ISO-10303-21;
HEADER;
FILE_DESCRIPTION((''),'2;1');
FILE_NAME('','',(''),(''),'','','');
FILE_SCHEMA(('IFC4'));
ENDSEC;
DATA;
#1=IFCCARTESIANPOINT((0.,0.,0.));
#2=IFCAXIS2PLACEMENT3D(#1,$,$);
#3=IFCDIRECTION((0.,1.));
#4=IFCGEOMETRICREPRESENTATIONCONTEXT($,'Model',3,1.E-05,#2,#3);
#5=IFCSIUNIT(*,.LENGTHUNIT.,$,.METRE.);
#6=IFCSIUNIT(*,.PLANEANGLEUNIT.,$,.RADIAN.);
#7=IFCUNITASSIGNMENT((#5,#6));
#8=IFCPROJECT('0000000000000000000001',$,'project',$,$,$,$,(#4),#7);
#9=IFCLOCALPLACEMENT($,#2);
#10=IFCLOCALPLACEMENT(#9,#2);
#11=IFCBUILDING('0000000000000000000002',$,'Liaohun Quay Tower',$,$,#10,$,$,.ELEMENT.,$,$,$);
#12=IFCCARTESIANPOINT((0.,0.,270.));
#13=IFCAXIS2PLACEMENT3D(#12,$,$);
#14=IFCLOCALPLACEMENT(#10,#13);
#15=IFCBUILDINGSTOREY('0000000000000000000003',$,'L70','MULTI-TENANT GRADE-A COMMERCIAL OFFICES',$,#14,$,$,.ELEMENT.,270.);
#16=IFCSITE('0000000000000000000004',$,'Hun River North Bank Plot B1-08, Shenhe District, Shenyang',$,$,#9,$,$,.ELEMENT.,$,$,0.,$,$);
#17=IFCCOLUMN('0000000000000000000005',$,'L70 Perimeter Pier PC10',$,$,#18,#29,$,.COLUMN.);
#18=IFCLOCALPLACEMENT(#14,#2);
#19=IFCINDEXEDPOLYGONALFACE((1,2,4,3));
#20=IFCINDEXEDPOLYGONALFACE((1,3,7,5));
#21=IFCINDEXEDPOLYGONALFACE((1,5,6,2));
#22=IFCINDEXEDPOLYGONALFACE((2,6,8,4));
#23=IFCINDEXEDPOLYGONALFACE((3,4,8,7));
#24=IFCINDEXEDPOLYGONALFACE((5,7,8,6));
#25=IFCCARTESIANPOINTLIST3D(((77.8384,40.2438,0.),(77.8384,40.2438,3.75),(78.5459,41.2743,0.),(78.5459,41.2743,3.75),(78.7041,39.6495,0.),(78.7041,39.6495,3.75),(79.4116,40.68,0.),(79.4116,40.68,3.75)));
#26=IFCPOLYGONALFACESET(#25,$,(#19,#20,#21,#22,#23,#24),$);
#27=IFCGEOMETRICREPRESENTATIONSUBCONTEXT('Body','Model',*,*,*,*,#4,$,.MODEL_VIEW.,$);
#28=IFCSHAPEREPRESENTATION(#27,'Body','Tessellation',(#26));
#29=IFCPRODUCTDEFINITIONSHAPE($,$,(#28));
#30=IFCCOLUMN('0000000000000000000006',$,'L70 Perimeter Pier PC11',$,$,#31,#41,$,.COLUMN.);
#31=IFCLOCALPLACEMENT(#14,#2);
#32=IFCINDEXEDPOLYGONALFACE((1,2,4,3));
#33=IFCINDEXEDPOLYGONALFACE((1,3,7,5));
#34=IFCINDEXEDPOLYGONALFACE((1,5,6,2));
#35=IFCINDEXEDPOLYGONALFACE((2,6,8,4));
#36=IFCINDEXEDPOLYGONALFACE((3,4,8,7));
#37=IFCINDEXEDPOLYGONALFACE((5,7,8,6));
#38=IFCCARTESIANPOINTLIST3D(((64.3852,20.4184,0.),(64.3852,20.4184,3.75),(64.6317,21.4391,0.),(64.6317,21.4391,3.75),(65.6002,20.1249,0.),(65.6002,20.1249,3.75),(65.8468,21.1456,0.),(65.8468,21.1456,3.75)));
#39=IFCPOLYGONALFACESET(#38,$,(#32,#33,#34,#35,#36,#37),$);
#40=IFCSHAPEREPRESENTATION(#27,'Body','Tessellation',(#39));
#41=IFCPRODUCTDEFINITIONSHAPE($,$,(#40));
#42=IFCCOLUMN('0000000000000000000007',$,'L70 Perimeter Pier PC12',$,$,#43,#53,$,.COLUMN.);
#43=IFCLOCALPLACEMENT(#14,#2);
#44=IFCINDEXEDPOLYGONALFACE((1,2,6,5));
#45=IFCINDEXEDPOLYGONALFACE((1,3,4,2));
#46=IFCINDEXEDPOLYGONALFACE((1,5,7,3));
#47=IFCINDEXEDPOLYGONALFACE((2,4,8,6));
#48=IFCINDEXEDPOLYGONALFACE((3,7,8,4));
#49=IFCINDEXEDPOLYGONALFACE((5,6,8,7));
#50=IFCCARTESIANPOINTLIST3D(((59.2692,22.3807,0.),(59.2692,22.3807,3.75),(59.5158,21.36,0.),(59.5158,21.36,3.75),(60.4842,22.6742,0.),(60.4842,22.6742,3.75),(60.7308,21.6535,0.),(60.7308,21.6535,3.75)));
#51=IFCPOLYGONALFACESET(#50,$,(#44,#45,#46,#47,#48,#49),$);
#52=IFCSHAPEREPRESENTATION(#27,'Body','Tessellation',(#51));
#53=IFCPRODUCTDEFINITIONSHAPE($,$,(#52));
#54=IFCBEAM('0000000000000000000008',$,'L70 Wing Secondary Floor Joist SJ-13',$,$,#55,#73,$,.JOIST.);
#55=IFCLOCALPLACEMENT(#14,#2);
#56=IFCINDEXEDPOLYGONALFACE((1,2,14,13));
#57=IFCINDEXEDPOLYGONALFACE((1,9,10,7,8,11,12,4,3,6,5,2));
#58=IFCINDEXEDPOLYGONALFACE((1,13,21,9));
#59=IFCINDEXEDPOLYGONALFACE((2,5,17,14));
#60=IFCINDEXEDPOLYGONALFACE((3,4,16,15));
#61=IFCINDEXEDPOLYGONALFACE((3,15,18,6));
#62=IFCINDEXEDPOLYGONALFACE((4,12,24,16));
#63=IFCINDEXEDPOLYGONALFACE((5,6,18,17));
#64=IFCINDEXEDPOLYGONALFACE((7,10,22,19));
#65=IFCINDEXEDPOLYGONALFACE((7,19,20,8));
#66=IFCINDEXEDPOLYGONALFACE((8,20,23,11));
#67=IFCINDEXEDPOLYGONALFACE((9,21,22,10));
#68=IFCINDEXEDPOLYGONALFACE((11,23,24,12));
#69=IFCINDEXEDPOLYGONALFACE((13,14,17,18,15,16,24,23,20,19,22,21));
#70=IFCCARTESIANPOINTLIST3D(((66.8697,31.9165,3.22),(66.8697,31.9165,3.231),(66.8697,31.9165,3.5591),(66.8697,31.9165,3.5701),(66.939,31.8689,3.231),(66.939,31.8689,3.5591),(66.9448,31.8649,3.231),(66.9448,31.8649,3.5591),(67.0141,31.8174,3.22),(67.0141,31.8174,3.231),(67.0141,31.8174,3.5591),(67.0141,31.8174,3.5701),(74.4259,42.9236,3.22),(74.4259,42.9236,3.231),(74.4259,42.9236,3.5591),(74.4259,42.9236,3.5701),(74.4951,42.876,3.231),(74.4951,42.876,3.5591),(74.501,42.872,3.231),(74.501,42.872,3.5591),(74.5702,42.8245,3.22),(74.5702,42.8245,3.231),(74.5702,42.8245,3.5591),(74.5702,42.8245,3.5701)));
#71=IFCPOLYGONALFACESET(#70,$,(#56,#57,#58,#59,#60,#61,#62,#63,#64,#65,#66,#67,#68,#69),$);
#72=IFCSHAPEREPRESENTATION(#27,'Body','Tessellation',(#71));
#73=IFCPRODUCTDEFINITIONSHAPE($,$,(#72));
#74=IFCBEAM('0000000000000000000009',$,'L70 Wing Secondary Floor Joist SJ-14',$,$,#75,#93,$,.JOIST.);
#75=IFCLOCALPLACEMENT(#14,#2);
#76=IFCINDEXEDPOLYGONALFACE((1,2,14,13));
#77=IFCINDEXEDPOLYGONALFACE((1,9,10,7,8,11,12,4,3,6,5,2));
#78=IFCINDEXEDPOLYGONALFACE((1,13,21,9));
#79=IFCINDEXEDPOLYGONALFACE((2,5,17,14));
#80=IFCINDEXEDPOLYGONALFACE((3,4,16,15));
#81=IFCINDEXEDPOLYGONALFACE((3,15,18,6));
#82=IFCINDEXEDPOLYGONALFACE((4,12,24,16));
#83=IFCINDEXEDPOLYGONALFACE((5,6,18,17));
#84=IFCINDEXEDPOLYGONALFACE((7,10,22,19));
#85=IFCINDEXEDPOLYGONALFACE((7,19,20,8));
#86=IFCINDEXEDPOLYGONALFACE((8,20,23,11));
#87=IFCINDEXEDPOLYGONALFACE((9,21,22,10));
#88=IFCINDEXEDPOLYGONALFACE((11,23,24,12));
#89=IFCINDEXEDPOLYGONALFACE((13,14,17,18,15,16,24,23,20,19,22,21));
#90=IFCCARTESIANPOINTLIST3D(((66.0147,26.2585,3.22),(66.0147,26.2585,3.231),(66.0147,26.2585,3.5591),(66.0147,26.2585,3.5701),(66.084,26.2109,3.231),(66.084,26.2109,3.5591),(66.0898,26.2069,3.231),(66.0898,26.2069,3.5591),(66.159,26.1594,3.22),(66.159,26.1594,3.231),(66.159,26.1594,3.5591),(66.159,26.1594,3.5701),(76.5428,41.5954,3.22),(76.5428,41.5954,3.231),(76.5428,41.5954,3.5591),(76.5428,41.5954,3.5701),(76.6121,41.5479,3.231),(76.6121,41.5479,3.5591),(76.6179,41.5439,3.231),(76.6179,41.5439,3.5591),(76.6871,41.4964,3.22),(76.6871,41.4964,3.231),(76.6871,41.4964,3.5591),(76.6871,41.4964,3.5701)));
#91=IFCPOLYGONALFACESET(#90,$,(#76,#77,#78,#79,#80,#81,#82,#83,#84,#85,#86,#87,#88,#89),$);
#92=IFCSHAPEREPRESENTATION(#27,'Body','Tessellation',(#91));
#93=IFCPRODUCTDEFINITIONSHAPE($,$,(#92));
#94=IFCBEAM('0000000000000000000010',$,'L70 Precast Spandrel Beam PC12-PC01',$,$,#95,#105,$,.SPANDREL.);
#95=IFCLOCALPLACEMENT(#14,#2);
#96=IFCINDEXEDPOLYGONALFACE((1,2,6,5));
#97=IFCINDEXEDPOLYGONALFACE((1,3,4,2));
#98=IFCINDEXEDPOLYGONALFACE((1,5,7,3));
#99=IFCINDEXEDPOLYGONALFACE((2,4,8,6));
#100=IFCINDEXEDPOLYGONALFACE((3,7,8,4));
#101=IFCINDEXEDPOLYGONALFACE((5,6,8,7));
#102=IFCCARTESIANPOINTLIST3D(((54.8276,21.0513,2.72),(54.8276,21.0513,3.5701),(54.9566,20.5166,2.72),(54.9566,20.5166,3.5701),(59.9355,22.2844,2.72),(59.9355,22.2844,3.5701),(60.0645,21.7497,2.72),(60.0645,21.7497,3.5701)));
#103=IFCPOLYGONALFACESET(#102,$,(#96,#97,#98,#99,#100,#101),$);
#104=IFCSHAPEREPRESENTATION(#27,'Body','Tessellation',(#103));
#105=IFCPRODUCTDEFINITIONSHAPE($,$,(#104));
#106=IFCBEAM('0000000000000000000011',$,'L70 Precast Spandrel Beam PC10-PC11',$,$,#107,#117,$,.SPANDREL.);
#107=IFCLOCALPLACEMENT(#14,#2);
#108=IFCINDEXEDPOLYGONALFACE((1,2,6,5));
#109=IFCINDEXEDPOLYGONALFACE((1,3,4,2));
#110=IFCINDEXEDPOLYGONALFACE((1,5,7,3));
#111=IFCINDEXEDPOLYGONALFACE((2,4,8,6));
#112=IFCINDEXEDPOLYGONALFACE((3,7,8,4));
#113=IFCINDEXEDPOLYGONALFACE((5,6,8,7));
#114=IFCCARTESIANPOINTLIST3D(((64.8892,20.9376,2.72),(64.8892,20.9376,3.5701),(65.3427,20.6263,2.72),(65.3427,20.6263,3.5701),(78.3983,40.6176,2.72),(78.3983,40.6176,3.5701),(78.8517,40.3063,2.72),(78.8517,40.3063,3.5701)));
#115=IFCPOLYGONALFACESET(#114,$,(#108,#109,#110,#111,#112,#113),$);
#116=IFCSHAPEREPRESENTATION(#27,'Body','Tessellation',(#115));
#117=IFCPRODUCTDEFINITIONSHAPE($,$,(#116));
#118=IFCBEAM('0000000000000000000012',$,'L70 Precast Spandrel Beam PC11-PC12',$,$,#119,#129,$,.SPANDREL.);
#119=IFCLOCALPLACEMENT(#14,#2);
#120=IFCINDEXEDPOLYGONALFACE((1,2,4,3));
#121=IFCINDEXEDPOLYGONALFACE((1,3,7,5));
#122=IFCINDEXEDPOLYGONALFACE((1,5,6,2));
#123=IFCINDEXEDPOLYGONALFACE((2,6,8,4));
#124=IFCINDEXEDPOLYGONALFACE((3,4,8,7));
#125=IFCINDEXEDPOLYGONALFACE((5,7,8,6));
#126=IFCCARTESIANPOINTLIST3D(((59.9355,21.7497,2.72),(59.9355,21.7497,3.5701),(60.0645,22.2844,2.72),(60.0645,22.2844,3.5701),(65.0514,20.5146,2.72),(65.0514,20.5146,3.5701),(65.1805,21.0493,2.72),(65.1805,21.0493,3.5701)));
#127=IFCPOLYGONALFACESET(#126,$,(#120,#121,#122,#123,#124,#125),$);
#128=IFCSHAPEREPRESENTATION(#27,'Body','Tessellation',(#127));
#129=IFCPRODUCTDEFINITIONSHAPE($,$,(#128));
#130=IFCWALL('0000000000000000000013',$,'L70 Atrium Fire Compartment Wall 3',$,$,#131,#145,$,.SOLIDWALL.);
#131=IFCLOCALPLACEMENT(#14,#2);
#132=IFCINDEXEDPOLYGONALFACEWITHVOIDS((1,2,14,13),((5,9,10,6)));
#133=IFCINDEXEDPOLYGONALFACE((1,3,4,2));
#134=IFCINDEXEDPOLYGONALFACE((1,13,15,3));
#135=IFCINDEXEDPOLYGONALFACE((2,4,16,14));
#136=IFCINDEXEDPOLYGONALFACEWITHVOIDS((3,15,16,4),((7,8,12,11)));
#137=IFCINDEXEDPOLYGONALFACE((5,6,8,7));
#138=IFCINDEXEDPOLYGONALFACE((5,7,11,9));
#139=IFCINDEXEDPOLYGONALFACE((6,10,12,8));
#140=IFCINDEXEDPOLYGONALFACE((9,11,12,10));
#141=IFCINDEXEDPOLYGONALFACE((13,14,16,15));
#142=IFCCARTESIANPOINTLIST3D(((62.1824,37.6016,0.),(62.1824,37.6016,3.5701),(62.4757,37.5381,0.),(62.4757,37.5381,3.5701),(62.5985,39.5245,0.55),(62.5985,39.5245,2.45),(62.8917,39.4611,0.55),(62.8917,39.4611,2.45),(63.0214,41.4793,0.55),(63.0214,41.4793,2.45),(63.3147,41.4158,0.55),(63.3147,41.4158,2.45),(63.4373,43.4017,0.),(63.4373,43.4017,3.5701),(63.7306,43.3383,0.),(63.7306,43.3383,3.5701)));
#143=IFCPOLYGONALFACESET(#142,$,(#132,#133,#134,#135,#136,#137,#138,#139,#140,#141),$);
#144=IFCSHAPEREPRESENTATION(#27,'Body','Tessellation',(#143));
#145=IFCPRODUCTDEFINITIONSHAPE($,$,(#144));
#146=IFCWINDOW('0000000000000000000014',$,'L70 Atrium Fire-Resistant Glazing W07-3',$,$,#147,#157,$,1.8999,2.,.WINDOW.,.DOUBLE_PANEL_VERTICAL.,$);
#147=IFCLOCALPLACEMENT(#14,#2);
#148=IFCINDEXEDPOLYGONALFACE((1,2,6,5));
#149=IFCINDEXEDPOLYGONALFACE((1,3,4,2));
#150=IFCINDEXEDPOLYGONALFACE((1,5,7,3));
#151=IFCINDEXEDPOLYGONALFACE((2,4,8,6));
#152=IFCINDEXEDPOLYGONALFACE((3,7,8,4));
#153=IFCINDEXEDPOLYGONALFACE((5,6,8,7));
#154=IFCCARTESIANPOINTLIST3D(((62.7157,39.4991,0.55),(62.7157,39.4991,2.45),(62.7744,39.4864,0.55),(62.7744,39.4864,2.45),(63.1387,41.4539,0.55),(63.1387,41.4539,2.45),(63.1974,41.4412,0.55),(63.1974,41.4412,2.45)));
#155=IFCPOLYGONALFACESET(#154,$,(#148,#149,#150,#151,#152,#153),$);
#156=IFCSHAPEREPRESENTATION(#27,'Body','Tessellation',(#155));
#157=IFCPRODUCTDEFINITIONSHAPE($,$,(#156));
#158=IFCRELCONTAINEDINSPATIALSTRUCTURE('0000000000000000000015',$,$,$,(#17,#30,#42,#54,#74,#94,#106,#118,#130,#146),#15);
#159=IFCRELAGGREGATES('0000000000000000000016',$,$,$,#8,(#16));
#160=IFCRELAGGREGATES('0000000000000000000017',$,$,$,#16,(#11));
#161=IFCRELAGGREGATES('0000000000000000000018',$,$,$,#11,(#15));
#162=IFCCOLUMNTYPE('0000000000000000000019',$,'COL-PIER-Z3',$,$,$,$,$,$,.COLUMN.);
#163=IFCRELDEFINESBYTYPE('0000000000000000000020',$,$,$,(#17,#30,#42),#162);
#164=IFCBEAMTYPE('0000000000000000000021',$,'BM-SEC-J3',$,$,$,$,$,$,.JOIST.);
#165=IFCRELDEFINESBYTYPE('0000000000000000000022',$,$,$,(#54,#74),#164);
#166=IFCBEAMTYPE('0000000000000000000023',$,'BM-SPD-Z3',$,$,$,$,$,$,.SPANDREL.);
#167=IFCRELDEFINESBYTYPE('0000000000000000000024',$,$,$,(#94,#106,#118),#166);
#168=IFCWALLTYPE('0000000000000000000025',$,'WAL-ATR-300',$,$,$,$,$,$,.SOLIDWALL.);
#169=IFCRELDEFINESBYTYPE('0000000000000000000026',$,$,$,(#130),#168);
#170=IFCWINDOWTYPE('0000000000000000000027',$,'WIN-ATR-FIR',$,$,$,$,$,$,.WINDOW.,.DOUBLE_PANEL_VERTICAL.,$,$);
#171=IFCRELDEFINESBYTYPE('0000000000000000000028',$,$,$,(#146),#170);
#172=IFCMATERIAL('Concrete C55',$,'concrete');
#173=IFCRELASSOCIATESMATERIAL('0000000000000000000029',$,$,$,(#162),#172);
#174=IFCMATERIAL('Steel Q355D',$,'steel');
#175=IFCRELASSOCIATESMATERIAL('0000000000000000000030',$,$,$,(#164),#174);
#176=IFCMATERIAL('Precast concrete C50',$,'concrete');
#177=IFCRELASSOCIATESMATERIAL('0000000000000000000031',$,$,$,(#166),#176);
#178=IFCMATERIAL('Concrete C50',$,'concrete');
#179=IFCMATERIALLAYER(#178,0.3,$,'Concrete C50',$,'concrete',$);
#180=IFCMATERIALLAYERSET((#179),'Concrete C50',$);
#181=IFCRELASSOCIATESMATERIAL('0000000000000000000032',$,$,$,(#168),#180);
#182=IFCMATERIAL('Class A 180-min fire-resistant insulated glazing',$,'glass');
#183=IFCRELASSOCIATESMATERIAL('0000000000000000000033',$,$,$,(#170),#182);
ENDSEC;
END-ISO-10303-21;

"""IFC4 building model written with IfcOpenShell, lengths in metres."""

from ifc_helpers import new_model, si_unit, direction, frame, frame_2d, origin, origin_2d, place, context, subcontext, project, spatial, rectangle, i_section, extrude, source, transform, mapped, material, layer, layer_set, material_profile, profile_set, type_object, element, fill, save


model = new_model("IFC4")

# Units and contexts
model_context = context("Model", 3, precision=1e-05, world=origin(), true_north=direction((0.0, 1.0)))
body_context = subcontext(model_context, "Body", "Model", "MODEL_VIEW")
ifc_project = project(units=[si_unit("LENGTHUNIT", "METRE"), si_unit("PLANEANGLEUNIT", "RADIAN")], contexts=[model_context])

# Site, building, storey
site_placement = place(None, origin())
site = spatial("IfcSite", under=ifc_project, at=site_placement, Name="Hun River North Bank Plot B1-08, Shenhe District, Shenyang", CompositionType="ELEMENT", RefElevation=0.0)
building_placement = place(site_placement, origin())
building = spatial("IfcBuilding", under=site, at=building_placement, Name="Liaohun Quay Tower", CompositionType="ELEMENT")
storey_placement = place(building_placement, frame((0.0, 0.0, 270.0)))
storey = spatial("IfcBuildingStorey", under=building, at=storey_placement, Name="L70", Description="MULTI-TENANT GRADE-A COMMERCIAL OFFICES", CompositionType="ELEMENT", Elevation=270.0)

# Columns
ifc_material_1 = material(Name="Concrete C55", Category="concrete")
ifc_material_profile_1 = material_profile(ifc_material_1, rectangle(XDim=1.25, YDim=1.05, at=origin_2d()), Name="RC1250x1050")
ifc_profile_set_1 = profile_set([ifc_material_profile_1], Name="Concrete C55")
column_type = type_object("IfcColumnType", Name="COL-PIER-Z3", PredefinedType="COLUMN", material=ifc_profile_set_1)
shared_shape_1 = source(origin(), body_context, "Body", "SweptSolid", [
    extrude(rectangle(XDim=1.25, YDim=1.05, at=origin_2d()), origin(), (0.0, 0.0, 1.0), 3.75),
])
for number, where, z_axis, x_axis, name in (
    (1, (78.625, 40.4619, 0.0), (0.0, 0.0, 1.0), (0.565975, 0.824423, 0.0), "L70 Perimeter Pier PC10"),
    (2, (65.116, 20.782, 0.0), (0.0, 0.0, 1.0), (-0.972043, 0.234803, 0.0), "L70 Perimeter Pier PC11"),
    (3, (60.0, 22.0171, 0.0), (0.0, 0.0, 1.0), (0.972043, 0.234803, 0.0), "L70 Perimeter Pier PC12"),
):
    element("IfcColumn", number, at=place(storey_placement, frame(where, z_axis=z_axis, x_axis=x_axis)), inside=storey, type_object=column_type, Name=name, PredefinedType="COLUMN", context=body_context, shape_type="MappedRepresentation", body=[
        mapped(shared_shape_1, transform((0.0, 0.0, 0.0), x_axis=(1.0, 0.0, 0.0), y_axis=(0.0, 1.0, 0.0), z_axis=(0.0, 0.0, 1.0), scale=1.0)),
    ])

# Beams
ifc_material_2 = material(Name="Steel Q355D", Category="steel")
ifc_material_profile_2 = material_profile(ifc_material_2, i_section(OverallWidth=0.175, OverallDepth=0.3501, WebThickness=0.0071, FlangeThickness=0.011, at=origin_2d()), Name="HN350x175x7x11")
ifc_profile_set_2 = profile_set([ifc_material_profile_2], Name="Steel Q355D")
beam_type_1 = type_object("IfcBeamType", Name="BM-SEC-J3", PredefinedType="JOIST", material=ifc_profile_set_2)
shared_shape_2 = source(origin(), body_context, "Body", "SweptSolid", [
    extrude(i_section(OverallWidth=0.175, OverallDepth=0.3501, WebThickness=0.0071, FlangeThickness=0.011, at=origin_2d()), origin(), (0.0, 0.0, 1.0), 13.3511),
])
beam_1_placement = place(storey_placement, frame((74.498, 42.874, 3.395), z_axis=(-0.565958, -0.824434, 0.0), x_axis=(0.824434, -0.565958, 0.0)))
element("IfcBeam", 4, at=beam_1_placement, inside=storey, type_object=beam_type_1, Name="L70 Wing Secondary Floor Joist SJ-13", PredefinedType="JOIST", context=body_context, shape_type="MappedRepresentation", body=[
    mapped(shared_shape_2, transform((0.0, 0.0, 0.0), x_axis=(1.0, 0.0, 0.0), y_axis=(0.0, 1.0, 0.0), z_axis=(0.0, 0.0, 1.0), scale=1.0)),
])
shared_shape_3 = source(origin(), body_context, "Body", "SweptSolid", [
    extrude(i_section(OverallWidth=0.175, OverallDepth=0.3501, WebThickness=0.0071, FlangeThickness=0.011, at=origin_2d()), origin(), (0.0, 0.0, 1.0), 18.6028),
])
beam_2_placement = place(storey_placement, frame((76.615, 41.5459, 3.395), z_axis=(-0.565943, -0.824445, 0.0), x_axis=(0.824445, -0.565943, 0.0)))
element("IfcBeam", 5, at=beam_2_placement, inside=storey, type_object=beam_type_1, Name="L70 Wing Secondary Floor Joist SJ-14", PredefinedType="JOIST", context=body_context, shape_type="MappedRepresentation", body=[
    mapped(shared_shape_3, transform((0.0, 0.0, 0.0), x_axis=(1.0, 0.0, 0.0), y_axis=(0.0, 1.0, 0.0), z_axis=(0.0, 0.0, 1.0), scale=1.0)),
])
ifc_material_3 = material(Name="Precast concrete C50", Category="concrete")
ifc_material_profile_3 = material_profile(ifc_material_3, rectangle(XDim=0.55, YDim=0.8501, at=origin_2d()), Name="RC550x850")
ifc_profile_set_3 = profile_set([ifc_material_profile_3], Name="Precast concrete C50")
beam_type_2 = type_object("IfcBeamType", Name="BM-SPD-Z3", PredefinedType="SPANDREL", material=ifc_profile_set_3)
shared_shape_4 = source(origin(), body_context, "Body", "SweptSolid", [
    extrude(rectangle(XDim=0.55, YDim=0.8501, at=origin_2d()), origin(), (0.0, 0.0, 1.0), 5.2546),
])
beam_3_placement = place(storey_placement, frame((60.0, 22.0171, 3.145), z_axis=(-0.972073, -0.234678, 0.0), x_axis=(0.234678, -0.972073, 0.0)))
element("IfcBeam", 6, at=beam_3_placement, inside=storey, type_object=beam_type_2, Name="L70 Precast Spandrel Beam PC12-PC01", PredefinedType="SPANDREL", context=body_context, shape_type="MappedRepresentation", body=[
    mapped(shared_shape_4, transform((0.0, 0.0, 0.0), x_axis=(1.0, 0.0, 0.0), y_axis=(0.0, 1.0, 0.0), z_axis=(0.0, 0.0, 1.0), scale=1.0)),
])
shared_shape_5 = source(origin(), body_context, "Body", "SweptSolid", [
    extrude(rectangle(XDim=0.55, YDim=0.8501, at=origin_2d()), origin(), (0.0, 0.0, 1.0), 23.8704),
])
beam_4_placement = place(storey_placement, frame((78.625, 40.4619, 3.145), z_axis=(-0.565934, -0.824451, 0.0), x_axis=(0.824451, -0.565934, 0.0)))
element("IfcBeam", 7, at=beam_4_placement, inside=storey, type_object=beam_type_2, Name="L70 Precast Spandrel Beam PC10-PC11", PredefinedType="SPANDREL", context=body_context, shape_type="MappedRepresentation", body=[
    mapped(shared_shape_5, transform((0.0, 0.0, 0.0), x_axis=(1.0, 0.0, 0.0), y_axis=(0.0, 1.0, 0.0), z_axis=(0.0, 0.0, 1.0), scale=1.0)),
])
shared_shape_6 = source(origin(), body_context, "Body", "SweptSolid", [
    extrude(rectangle(XDim=0.55, YDim=0.8501, at=origin_2d()), origin(), (0.0, 0.0, 1.0), 5.2629),
])
beam_5_placement = place(storey_placement, frame((65.116, 20.782, 3.145), z_axis=(-0.972073, 0.23468, 0.0), x_axis=(-0.23468, -0.972073, 0.0)))
element("IfcBeam", 8, at=beam_5_placement, inside=storey, type_object=beam_type_2, Name="L70 Precast Spandrel Beam PC11-PC12", PredefinedType="SPANDREL", context=body_context, shape_type="MappedRepresentation", body=[
    mapped(shared_shape_6, transform((0.0, 0.0, 0.0), x_axis=(1.0, 0.0, 0.0), y_axis=(0.0, 1.0, 0.0), z_axis=(0.0, 0.0, 1.0), scale=1.0)),
])

# Wall, opening, window
ifc_material_4 = material(Name="Concrete C50", Category="concrete")
ifc_layer_1 = layer(ifc_material_4, 0.3, Name="Concrete C50", Category="concrete")
ifc_layer_set_1 = layer_set([ifc_layer_1], Name="Concrete C50")
wall_type_1 = type_object("IfcWallType", Name="WAL-ATR-300", PredefinedType="SOLIDWALL", material=ifc_layer_set_1)
wall_1_placement = place(storey_placement, frame((63.584, 43.3701, 0.0), z_axis=(0.0, 0.0, 1.0), x_axis=(-0.211465, -0.977386, 0.0)))
wall_1 = element("IfcWall", 9, at=wall_1_placement, inside=storey, type_object=wall_type_1, Name="L70 Atrium Fire Compartment Wall 3", PredefinedType="SOLIDWALL", context=body_context, shape_type="SweptSolid", body=[
    extrude(rectangle(XDim=5.9343, YDim=0.3, at=frame_2d((2.9673, 0.0))), origin(), (0.0, 0.0, 1.0), 3.5701),
])
shared_shape_7 = source(origin(), body_context, "Body", "SweptSolid", [
    extrude(rectangle(XDim=2.0, YDim=1.8999, at=frame_2d((1.0, 0.95))), frame((0.0, 0.1599, 0.0), z_axis=(0.0, -1.0, 0.0), x_axis=(1.0, 0.0, 0.0)), (0.0, 0.0, 1.0), 0.3201),
])
opening_1_placement = place(wall_1_placement, frame((1.967, 0.0, 0.55)))
opening_1 = element("IfcOpeningElement", 10, at=opening_1_placement, cuts=wall_1, PredefinedType="OPENING", context=body_context, shape_type="MappedRepresentation", body=[
    mapped(shared_shape_7, transform((0.0, 0.0, 0.0), x_axis=(1.0, 0.0, 0.0), y_axis=(0.0, 1.0, 0.0), z_axis=(0.0, 0.0, 1.0), scale=1.0)),
])
ifc_material_5 = material(Name="Class A 180-min fire-resistant insulated glazing", Category="glass")
window_type_1 = type_object("IfcWindowType", Name="WIN-ATR-FIR", PartitioningType="DOUBLE_PANEL_VERTICAL", PredefinedType="WINDOW", material=ifc_material_5)
shared_shape_8 = source(origin(), body_context, "Body", "SweptSolid", [
    extrude(rectangle(XDim=2.0, YDim=1.8999, at=frame_2d((1.0, 0.95))), frame((0.0, 0.03, 0.0), z_axis=(0.0, -1.0, 0.0), x_axis=(1.0, 0.0, 0.0)), (0.0, 0.0, 1.0), 0.0601),
])
window_1_placement = place(opening_1_placement, origin())
window_1 = element("IfcWindow", 11, at=window_1_placement, inside=storey, type_object=window_type_1, Name="L70 Atrium Fire-Resistant Glazing W07-3", OverallHeight=1.8999, OverallWidth=2.0, PartitioningType="DOUBLE_PANEL_VERTICAL", PredefinedType="WINDOW", context=body_context, shape_type="MappedRepresentation", body=[
    mapped(shared_shape_8, transform((0.0, 0.0, 0.0), x_axis=(1.0, 0.0, 0.0), y_axis=(0.0, 1.0, 0.0), z_axis=(0.0, 0.0, 1.0), scale=1.0)),
])
fill(opening_1, window_1)

save(model, "model.ifc")
